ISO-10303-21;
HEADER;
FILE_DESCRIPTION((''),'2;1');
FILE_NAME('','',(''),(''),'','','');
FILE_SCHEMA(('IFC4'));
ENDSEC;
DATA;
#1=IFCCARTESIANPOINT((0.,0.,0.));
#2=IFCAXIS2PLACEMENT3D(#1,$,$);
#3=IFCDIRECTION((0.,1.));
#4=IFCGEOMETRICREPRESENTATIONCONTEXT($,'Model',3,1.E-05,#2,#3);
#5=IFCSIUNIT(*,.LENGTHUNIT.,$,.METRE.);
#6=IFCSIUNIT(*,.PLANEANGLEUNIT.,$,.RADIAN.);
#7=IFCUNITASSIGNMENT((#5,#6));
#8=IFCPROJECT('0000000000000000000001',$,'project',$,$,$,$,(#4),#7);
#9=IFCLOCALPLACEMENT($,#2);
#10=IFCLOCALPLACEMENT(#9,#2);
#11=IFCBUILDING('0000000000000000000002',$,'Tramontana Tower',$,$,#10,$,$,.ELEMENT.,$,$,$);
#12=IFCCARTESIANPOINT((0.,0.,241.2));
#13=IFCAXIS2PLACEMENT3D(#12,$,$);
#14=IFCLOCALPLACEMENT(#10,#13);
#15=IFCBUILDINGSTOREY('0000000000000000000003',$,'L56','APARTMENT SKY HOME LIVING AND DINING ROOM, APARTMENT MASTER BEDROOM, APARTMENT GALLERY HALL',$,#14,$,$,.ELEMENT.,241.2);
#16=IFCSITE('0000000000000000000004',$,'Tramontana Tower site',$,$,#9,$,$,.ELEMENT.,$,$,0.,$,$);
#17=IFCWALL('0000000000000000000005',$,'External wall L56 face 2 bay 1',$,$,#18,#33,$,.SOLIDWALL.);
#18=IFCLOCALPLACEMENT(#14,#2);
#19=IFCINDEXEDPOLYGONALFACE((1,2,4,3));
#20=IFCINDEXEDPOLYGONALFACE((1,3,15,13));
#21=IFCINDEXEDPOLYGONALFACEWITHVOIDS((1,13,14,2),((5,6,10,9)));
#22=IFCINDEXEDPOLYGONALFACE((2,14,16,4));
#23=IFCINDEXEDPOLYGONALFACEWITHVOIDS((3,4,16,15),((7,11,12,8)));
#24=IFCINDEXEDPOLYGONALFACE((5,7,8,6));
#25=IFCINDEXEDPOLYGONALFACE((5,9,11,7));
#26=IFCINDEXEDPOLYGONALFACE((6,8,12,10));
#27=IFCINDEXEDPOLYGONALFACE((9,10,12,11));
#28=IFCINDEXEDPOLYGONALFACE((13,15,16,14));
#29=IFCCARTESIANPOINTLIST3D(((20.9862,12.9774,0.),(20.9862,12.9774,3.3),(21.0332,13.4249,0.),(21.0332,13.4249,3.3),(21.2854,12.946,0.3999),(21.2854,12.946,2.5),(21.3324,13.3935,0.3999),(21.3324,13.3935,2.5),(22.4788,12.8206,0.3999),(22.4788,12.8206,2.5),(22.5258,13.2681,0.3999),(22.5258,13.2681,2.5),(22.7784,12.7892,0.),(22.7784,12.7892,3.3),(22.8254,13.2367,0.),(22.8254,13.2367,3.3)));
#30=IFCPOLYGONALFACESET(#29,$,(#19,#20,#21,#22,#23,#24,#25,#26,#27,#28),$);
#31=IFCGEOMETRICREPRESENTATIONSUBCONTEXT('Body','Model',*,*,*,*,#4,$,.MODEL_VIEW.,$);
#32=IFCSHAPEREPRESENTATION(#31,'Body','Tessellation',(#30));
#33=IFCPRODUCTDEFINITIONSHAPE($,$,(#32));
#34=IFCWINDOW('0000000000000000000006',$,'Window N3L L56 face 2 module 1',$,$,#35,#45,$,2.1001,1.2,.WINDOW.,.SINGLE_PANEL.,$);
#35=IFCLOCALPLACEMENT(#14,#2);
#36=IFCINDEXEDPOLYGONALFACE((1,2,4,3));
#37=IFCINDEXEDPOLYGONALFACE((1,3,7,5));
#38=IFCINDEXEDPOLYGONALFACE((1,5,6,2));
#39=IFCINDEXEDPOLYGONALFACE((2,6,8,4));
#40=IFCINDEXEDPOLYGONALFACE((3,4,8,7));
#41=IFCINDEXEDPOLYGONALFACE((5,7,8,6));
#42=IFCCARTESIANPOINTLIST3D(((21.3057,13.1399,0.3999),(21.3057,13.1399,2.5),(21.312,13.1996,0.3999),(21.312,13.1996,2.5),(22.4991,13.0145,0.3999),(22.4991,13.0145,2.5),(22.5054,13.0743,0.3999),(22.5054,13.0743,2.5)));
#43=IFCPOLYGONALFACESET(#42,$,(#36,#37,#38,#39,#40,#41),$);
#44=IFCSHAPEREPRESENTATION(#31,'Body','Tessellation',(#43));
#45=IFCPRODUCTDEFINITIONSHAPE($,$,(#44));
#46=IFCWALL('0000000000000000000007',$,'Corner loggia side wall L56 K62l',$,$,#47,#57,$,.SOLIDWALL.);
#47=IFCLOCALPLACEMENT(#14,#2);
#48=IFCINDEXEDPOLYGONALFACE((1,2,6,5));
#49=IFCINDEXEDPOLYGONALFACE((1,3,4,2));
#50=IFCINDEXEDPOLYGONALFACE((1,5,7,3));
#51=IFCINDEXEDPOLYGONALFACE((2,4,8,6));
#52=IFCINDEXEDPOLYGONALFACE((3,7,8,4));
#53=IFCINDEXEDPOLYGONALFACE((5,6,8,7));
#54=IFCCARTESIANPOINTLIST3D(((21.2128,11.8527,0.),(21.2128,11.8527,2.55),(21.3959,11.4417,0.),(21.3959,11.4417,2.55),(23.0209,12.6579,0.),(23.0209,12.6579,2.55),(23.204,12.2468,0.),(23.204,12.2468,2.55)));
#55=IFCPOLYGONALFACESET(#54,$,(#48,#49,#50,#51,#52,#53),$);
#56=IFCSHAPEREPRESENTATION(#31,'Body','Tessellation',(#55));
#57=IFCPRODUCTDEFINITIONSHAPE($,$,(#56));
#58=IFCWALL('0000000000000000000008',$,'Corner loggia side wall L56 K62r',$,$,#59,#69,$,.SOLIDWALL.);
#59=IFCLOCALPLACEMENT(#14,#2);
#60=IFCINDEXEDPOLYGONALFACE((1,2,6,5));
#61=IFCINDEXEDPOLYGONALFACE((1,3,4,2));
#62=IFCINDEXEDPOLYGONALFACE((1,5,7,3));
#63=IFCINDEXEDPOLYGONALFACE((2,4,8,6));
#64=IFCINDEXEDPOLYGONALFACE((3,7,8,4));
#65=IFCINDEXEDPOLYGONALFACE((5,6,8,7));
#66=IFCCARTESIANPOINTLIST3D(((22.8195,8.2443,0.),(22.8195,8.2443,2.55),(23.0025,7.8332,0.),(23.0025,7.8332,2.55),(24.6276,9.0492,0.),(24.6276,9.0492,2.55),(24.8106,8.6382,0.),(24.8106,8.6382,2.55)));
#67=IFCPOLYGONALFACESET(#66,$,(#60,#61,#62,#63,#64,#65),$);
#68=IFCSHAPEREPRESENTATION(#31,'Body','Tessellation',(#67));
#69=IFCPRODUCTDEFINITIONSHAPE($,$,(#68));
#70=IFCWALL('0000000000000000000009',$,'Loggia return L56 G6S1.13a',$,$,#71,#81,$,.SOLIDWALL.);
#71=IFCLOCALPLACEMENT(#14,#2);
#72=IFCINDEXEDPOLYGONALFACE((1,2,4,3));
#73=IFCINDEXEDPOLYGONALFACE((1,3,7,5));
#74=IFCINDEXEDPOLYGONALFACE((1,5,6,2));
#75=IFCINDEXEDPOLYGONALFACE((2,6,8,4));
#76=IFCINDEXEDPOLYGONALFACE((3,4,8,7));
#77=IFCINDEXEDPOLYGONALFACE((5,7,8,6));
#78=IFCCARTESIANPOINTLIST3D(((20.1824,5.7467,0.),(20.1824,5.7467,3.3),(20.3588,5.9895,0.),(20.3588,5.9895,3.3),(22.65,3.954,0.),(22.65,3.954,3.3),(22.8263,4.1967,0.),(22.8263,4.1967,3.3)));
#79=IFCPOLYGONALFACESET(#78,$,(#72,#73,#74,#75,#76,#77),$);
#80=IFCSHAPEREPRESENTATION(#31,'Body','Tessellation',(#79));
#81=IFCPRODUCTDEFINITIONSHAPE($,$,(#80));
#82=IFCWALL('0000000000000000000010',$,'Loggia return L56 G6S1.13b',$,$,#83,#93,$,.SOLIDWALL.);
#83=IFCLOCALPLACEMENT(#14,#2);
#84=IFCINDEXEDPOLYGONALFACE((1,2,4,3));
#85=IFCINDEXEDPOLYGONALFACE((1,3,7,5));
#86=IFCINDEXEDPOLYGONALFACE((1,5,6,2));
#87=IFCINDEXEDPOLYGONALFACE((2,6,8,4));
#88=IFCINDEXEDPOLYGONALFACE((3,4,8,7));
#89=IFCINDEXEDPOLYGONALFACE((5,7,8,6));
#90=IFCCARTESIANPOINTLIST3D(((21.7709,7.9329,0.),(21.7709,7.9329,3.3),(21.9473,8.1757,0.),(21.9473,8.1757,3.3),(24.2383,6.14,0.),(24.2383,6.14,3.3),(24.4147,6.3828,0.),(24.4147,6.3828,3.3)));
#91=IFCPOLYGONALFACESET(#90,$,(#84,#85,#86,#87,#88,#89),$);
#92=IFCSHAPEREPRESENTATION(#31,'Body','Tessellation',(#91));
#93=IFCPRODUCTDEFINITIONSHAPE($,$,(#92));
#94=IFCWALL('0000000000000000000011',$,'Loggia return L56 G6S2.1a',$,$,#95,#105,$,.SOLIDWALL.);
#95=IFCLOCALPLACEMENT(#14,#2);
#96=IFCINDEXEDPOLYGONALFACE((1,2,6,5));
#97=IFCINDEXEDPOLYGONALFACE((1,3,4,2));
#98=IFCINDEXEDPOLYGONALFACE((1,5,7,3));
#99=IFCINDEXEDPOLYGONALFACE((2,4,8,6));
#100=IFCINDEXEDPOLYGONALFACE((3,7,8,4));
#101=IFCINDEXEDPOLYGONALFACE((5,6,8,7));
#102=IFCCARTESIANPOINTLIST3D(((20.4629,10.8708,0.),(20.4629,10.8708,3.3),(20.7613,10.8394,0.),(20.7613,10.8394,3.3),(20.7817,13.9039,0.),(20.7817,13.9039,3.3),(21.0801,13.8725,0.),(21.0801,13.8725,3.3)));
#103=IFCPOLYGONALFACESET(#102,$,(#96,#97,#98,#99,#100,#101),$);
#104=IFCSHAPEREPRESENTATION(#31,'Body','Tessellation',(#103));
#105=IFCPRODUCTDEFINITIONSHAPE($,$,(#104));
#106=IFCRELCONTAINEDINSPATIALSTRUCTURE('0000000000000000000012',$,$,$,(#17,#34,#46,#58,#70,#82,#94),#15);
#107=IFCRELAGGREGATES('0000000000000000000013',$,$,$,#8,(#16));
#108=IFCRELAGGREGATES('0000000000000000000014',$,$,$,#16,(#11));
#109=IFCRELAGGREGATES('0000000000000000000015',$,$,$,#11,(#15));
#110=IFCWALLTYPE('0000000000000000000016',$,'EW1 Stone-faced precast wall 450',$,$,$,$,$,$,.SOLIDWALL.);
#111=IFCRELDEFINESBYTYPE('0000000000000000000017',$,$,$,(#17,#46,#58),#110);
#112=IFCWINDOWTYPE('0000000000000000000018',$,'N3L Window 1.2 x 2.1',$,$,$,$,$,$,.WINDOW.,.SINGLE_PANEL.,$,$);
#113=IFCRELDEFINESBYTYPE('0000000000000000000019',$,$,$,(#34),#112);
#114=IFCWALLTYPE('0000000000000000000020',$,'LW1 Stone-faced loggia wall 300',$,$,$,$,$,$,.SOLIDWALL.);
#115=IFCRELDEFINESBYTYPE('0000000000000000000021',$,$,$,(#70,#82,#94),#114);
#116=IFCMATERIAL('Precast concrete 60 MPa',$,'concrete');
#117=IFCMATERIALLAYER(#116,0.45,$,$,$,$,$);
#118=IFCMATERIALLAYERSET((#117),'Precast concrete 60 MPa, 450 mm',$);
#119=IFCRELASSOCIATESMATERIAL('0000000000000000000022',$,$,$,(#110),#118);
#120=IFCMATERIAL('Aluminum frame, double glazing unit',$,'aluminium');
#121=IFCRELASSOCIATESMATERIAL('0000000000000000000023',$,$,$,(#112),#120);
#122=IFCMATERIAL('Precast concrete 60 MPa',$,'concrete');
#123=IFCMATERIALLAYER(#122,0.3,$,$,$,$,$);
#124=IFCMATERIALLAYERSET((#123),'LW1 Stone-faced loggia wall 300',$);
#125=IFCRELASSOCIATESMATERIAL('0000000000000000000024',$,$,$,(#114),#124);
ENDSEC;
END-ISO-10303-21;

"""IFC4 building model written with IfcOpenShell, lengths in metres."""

from ifc_helpers import new_model, si_unit, direction, frame, frame_2d, origin, place, context, subcontext, project, spatial, rectangle, extrude, material, layer, layer_set, type_object, element, fill, save


model = new_model("IFC4")

# Units and contexts
model_context = context("Model", 3, precision=1e-05, world=origin(), true_north=direction((0.0, 1.0)))
body_context = subcontext(model_context, "Body", "Model", "MODEL_VIEW")
ifc_project = project(units=[si_unit("LENGTHUNIT", "METRE"), si_unit("PLANEANGLEUNIT", "RADIAN")], contexts=[model_context])

# Site, building, storey
site_placement = place(None, origin())
site = spatial("IfcSite", under=ifc_project, at=site_placement, Name="Tramontana Tower site", CompositionType="ELEMENT", RefElevation=0.0)
building_placement = place(site_placement, origin())
building = spatial("IfcBuilding", under=site, at=building_placement, Name="Tramontana Tower", CompositionType="ELEMENT")
storey_placement = place(building_placement, frame((0.0, 0.0, 241.2)))
storey = spatial("IfcBuildingStorey", under=building, at=storey_placement, Name="L56", Description="APARTMENT SKY HOME LIVING AND DINING ROOM, APARTMENT MASTER BEDROOM, APARTMENT GALLERY HALL", CompositionType="ELEMENT", Elevation=241.2)

# Wall, opening, window
ifc_material_1 = material(Name="Precast concrete 60 MPa", Category="concrete")
ifc_layer_1 = layer(ifc_material_1, 0.45)
ifc_layer_set_1 = layer_set([ifc_layer_1], Name="Precast concrete 60 MPa, 450 mm")
wall_type_1 = type_object("IfcWallType", Name="EW1 Stone-faced precast wall 450", PredefinedType="SOLIDWALL", material=ifc_layer_set_1)
ifc_material_2 = material(Name="Aluminum frame, double glazing unit", Category="aluminium")
window_type_1 = type_object("IfcWindowType", Name="N3L Window 1.2 x 2.1", PartitioningType="SINGLE_PANEL", PredefinedType="WINDOW", material=ifc_material_2)
wall_1_placement = place(storey_placement, frame((22.8018, 13.0129, 0.0), z_axis=(0.0, 0.0, 1.0), x_axis=(-0.99453, 0.104452, 0.0)))
wall_1 = element("IfcWall", 1, at=wall_1_placement, inside=storey, type_object=wall_type_1, Name="External wall L56 face 2 bay 1", PredefinedType="SOLIDWALL", context=body_context, shape_type="SweptSolid", body=[
    extrude(rectangle(XDim=1.802, YDim=0.45, at=frame_2d((0.9009, 0.0))), origin(), (0.0, 0.0, 1.0), 3.3),
])
opening_1_placement = place(wall_1_placement, frame((0.301, 0.0, 0.3999)))
opening_1 = element("IfcOpeningElement", 2, at=opening_1_placement, cuts=wall_1, PredefinedType="OPENING", context=body_context, shape_type="SweptSolid", body=[
    extrude(rectangle(XDim=1.2, YDim=2.1001, at=frame_2d((0.6001, 1.05))), frame((0.0, 0.2349, 0.0), z_axis=(0.0, -1.0, 0.0), x_axis=(1.0, 0.0, 0.0)), (0.0, 0.0, 1.0), 0.47),
])
window_1_placement = place(opening_1_placement, origin())
window_1 = element("IfcWindow", 3, at=window_1_placement, inside=storey, type_object=window_type_1, Name="Window N3L L56 face 2 module 1", OverallHeight=2.1001, OverallWidth=1.2, PartitioningType="SINGLE_PANEL", PredefinedType="WINDOW", context=body_context, shape_type="SweptSolid", body=[
    extrude(rectangle(XDim=1.2, YDim=2.1001, at=frame_2d((0.6001, 1.05))), frame((0.0, 0.03, 0.0), z_axis=(0.0, -1.0, 0.0), x_axis=(1.0, 0.0, 0.0)), (0.0, 0.0, 1.0), 0.0601),
])
fill(opening_1, window_1)

# Walls
for number, where, z_axis, x_axis, name in (
    (4, (23.1125, 12.4524, 0.0), (0.0, 0.0, 1.0), (-0.913516, -0.406802, 0.0), "Corner loggia side wall L56 K62l"),
    (5, (24.7192, 8.8438, 0.0), (0.0, 0.0, 1.0), (-0.913562, -0.406699, 0.0), "Corner loggia side wall L56 K62r"),
):
    element("IfcWall", number, at=place(storey_placement, frame(where, z_axis=z_axis, x_axis=x_axis)), inside=storey, type_object=wall_type_1, Name=name, PredefinedType="SOLIDWALL", context=body_context, shape_type="SweptSolid", body=[
        extrude(rectangle(XDim=1.9792, YDim=0.45, at=frame_2d((0.9897, 0.0))), origin(), (0.0, 0.0, 1.0), 2.55),
    ])

# Walls
ifc_material_3 = material(Name="Precast concrete 60 MPa", Category="concrete")
ifc_layer_2 = layer(ifc_material_3, 0.3)
ifc_layer_set_2 = layer_set([ifc_layer_2], Name="LW1 Stone-faced loggia wall 300")
wall_type_2 = type_object("IfcWallType", Name="LW1 Stone-faced loggia wall 300", PredefinedType="SOLIDWALL", material=ifc_layer_set_2)
for number, where, z_axis, x_axis, name in (
    (6, (22.738, 4.0754, 0.0), (0.0, 0.0, 1.0), (-0.809023, 0.587777, 0.0), "Loggia return L56 G6S1.13a"),
    (7, (24.3264, 6.2615, 0.0), (0.0, 0.0, 1.0), (-0.808985, 0.587829, 0.0), "Loggia return L56 G6S1.13b"),
):
    element("IfcWall", number, at=place(storey_placement, frame(where, z_axis=z_axis, x_axis=x_axis)), inside=storey, type_object=wall_type_2, Name=name, PredefinedType="SOLIDWALL", context=body_context, shape_type="SweptSolid", body=[
        extrude(rectangle(XDim=3.05, YDim=0.3, at=frame_2d((1.5249, 0.0))), origin(), (0.0, 0.0, 1.0), 3.3),
    ])
wall_2_placement = place(storey_placement, frame((20.9309, 13.8882, 0.0), z_axis=(0.0, 0.0, 1.0), x_axis=(-0.104543, -0.99452, 0.0)))
element("IfcWall", 8, at=wall_2_placement, inside=storey, type_object=wall_type_2, Name="Loggia return L56 G6S2.1a", PredefinedType="SOLIDWALL", context=body_context, shape_type="SweptSolid", body=[
    extrude(rectangle(XDim=3.0498, YDim=0.3, at=frame_2d((1.5249, 0.0))), origin(), (0.0, 0.0, 1.0), 3.3),
])

save(model, "model.ifc")
